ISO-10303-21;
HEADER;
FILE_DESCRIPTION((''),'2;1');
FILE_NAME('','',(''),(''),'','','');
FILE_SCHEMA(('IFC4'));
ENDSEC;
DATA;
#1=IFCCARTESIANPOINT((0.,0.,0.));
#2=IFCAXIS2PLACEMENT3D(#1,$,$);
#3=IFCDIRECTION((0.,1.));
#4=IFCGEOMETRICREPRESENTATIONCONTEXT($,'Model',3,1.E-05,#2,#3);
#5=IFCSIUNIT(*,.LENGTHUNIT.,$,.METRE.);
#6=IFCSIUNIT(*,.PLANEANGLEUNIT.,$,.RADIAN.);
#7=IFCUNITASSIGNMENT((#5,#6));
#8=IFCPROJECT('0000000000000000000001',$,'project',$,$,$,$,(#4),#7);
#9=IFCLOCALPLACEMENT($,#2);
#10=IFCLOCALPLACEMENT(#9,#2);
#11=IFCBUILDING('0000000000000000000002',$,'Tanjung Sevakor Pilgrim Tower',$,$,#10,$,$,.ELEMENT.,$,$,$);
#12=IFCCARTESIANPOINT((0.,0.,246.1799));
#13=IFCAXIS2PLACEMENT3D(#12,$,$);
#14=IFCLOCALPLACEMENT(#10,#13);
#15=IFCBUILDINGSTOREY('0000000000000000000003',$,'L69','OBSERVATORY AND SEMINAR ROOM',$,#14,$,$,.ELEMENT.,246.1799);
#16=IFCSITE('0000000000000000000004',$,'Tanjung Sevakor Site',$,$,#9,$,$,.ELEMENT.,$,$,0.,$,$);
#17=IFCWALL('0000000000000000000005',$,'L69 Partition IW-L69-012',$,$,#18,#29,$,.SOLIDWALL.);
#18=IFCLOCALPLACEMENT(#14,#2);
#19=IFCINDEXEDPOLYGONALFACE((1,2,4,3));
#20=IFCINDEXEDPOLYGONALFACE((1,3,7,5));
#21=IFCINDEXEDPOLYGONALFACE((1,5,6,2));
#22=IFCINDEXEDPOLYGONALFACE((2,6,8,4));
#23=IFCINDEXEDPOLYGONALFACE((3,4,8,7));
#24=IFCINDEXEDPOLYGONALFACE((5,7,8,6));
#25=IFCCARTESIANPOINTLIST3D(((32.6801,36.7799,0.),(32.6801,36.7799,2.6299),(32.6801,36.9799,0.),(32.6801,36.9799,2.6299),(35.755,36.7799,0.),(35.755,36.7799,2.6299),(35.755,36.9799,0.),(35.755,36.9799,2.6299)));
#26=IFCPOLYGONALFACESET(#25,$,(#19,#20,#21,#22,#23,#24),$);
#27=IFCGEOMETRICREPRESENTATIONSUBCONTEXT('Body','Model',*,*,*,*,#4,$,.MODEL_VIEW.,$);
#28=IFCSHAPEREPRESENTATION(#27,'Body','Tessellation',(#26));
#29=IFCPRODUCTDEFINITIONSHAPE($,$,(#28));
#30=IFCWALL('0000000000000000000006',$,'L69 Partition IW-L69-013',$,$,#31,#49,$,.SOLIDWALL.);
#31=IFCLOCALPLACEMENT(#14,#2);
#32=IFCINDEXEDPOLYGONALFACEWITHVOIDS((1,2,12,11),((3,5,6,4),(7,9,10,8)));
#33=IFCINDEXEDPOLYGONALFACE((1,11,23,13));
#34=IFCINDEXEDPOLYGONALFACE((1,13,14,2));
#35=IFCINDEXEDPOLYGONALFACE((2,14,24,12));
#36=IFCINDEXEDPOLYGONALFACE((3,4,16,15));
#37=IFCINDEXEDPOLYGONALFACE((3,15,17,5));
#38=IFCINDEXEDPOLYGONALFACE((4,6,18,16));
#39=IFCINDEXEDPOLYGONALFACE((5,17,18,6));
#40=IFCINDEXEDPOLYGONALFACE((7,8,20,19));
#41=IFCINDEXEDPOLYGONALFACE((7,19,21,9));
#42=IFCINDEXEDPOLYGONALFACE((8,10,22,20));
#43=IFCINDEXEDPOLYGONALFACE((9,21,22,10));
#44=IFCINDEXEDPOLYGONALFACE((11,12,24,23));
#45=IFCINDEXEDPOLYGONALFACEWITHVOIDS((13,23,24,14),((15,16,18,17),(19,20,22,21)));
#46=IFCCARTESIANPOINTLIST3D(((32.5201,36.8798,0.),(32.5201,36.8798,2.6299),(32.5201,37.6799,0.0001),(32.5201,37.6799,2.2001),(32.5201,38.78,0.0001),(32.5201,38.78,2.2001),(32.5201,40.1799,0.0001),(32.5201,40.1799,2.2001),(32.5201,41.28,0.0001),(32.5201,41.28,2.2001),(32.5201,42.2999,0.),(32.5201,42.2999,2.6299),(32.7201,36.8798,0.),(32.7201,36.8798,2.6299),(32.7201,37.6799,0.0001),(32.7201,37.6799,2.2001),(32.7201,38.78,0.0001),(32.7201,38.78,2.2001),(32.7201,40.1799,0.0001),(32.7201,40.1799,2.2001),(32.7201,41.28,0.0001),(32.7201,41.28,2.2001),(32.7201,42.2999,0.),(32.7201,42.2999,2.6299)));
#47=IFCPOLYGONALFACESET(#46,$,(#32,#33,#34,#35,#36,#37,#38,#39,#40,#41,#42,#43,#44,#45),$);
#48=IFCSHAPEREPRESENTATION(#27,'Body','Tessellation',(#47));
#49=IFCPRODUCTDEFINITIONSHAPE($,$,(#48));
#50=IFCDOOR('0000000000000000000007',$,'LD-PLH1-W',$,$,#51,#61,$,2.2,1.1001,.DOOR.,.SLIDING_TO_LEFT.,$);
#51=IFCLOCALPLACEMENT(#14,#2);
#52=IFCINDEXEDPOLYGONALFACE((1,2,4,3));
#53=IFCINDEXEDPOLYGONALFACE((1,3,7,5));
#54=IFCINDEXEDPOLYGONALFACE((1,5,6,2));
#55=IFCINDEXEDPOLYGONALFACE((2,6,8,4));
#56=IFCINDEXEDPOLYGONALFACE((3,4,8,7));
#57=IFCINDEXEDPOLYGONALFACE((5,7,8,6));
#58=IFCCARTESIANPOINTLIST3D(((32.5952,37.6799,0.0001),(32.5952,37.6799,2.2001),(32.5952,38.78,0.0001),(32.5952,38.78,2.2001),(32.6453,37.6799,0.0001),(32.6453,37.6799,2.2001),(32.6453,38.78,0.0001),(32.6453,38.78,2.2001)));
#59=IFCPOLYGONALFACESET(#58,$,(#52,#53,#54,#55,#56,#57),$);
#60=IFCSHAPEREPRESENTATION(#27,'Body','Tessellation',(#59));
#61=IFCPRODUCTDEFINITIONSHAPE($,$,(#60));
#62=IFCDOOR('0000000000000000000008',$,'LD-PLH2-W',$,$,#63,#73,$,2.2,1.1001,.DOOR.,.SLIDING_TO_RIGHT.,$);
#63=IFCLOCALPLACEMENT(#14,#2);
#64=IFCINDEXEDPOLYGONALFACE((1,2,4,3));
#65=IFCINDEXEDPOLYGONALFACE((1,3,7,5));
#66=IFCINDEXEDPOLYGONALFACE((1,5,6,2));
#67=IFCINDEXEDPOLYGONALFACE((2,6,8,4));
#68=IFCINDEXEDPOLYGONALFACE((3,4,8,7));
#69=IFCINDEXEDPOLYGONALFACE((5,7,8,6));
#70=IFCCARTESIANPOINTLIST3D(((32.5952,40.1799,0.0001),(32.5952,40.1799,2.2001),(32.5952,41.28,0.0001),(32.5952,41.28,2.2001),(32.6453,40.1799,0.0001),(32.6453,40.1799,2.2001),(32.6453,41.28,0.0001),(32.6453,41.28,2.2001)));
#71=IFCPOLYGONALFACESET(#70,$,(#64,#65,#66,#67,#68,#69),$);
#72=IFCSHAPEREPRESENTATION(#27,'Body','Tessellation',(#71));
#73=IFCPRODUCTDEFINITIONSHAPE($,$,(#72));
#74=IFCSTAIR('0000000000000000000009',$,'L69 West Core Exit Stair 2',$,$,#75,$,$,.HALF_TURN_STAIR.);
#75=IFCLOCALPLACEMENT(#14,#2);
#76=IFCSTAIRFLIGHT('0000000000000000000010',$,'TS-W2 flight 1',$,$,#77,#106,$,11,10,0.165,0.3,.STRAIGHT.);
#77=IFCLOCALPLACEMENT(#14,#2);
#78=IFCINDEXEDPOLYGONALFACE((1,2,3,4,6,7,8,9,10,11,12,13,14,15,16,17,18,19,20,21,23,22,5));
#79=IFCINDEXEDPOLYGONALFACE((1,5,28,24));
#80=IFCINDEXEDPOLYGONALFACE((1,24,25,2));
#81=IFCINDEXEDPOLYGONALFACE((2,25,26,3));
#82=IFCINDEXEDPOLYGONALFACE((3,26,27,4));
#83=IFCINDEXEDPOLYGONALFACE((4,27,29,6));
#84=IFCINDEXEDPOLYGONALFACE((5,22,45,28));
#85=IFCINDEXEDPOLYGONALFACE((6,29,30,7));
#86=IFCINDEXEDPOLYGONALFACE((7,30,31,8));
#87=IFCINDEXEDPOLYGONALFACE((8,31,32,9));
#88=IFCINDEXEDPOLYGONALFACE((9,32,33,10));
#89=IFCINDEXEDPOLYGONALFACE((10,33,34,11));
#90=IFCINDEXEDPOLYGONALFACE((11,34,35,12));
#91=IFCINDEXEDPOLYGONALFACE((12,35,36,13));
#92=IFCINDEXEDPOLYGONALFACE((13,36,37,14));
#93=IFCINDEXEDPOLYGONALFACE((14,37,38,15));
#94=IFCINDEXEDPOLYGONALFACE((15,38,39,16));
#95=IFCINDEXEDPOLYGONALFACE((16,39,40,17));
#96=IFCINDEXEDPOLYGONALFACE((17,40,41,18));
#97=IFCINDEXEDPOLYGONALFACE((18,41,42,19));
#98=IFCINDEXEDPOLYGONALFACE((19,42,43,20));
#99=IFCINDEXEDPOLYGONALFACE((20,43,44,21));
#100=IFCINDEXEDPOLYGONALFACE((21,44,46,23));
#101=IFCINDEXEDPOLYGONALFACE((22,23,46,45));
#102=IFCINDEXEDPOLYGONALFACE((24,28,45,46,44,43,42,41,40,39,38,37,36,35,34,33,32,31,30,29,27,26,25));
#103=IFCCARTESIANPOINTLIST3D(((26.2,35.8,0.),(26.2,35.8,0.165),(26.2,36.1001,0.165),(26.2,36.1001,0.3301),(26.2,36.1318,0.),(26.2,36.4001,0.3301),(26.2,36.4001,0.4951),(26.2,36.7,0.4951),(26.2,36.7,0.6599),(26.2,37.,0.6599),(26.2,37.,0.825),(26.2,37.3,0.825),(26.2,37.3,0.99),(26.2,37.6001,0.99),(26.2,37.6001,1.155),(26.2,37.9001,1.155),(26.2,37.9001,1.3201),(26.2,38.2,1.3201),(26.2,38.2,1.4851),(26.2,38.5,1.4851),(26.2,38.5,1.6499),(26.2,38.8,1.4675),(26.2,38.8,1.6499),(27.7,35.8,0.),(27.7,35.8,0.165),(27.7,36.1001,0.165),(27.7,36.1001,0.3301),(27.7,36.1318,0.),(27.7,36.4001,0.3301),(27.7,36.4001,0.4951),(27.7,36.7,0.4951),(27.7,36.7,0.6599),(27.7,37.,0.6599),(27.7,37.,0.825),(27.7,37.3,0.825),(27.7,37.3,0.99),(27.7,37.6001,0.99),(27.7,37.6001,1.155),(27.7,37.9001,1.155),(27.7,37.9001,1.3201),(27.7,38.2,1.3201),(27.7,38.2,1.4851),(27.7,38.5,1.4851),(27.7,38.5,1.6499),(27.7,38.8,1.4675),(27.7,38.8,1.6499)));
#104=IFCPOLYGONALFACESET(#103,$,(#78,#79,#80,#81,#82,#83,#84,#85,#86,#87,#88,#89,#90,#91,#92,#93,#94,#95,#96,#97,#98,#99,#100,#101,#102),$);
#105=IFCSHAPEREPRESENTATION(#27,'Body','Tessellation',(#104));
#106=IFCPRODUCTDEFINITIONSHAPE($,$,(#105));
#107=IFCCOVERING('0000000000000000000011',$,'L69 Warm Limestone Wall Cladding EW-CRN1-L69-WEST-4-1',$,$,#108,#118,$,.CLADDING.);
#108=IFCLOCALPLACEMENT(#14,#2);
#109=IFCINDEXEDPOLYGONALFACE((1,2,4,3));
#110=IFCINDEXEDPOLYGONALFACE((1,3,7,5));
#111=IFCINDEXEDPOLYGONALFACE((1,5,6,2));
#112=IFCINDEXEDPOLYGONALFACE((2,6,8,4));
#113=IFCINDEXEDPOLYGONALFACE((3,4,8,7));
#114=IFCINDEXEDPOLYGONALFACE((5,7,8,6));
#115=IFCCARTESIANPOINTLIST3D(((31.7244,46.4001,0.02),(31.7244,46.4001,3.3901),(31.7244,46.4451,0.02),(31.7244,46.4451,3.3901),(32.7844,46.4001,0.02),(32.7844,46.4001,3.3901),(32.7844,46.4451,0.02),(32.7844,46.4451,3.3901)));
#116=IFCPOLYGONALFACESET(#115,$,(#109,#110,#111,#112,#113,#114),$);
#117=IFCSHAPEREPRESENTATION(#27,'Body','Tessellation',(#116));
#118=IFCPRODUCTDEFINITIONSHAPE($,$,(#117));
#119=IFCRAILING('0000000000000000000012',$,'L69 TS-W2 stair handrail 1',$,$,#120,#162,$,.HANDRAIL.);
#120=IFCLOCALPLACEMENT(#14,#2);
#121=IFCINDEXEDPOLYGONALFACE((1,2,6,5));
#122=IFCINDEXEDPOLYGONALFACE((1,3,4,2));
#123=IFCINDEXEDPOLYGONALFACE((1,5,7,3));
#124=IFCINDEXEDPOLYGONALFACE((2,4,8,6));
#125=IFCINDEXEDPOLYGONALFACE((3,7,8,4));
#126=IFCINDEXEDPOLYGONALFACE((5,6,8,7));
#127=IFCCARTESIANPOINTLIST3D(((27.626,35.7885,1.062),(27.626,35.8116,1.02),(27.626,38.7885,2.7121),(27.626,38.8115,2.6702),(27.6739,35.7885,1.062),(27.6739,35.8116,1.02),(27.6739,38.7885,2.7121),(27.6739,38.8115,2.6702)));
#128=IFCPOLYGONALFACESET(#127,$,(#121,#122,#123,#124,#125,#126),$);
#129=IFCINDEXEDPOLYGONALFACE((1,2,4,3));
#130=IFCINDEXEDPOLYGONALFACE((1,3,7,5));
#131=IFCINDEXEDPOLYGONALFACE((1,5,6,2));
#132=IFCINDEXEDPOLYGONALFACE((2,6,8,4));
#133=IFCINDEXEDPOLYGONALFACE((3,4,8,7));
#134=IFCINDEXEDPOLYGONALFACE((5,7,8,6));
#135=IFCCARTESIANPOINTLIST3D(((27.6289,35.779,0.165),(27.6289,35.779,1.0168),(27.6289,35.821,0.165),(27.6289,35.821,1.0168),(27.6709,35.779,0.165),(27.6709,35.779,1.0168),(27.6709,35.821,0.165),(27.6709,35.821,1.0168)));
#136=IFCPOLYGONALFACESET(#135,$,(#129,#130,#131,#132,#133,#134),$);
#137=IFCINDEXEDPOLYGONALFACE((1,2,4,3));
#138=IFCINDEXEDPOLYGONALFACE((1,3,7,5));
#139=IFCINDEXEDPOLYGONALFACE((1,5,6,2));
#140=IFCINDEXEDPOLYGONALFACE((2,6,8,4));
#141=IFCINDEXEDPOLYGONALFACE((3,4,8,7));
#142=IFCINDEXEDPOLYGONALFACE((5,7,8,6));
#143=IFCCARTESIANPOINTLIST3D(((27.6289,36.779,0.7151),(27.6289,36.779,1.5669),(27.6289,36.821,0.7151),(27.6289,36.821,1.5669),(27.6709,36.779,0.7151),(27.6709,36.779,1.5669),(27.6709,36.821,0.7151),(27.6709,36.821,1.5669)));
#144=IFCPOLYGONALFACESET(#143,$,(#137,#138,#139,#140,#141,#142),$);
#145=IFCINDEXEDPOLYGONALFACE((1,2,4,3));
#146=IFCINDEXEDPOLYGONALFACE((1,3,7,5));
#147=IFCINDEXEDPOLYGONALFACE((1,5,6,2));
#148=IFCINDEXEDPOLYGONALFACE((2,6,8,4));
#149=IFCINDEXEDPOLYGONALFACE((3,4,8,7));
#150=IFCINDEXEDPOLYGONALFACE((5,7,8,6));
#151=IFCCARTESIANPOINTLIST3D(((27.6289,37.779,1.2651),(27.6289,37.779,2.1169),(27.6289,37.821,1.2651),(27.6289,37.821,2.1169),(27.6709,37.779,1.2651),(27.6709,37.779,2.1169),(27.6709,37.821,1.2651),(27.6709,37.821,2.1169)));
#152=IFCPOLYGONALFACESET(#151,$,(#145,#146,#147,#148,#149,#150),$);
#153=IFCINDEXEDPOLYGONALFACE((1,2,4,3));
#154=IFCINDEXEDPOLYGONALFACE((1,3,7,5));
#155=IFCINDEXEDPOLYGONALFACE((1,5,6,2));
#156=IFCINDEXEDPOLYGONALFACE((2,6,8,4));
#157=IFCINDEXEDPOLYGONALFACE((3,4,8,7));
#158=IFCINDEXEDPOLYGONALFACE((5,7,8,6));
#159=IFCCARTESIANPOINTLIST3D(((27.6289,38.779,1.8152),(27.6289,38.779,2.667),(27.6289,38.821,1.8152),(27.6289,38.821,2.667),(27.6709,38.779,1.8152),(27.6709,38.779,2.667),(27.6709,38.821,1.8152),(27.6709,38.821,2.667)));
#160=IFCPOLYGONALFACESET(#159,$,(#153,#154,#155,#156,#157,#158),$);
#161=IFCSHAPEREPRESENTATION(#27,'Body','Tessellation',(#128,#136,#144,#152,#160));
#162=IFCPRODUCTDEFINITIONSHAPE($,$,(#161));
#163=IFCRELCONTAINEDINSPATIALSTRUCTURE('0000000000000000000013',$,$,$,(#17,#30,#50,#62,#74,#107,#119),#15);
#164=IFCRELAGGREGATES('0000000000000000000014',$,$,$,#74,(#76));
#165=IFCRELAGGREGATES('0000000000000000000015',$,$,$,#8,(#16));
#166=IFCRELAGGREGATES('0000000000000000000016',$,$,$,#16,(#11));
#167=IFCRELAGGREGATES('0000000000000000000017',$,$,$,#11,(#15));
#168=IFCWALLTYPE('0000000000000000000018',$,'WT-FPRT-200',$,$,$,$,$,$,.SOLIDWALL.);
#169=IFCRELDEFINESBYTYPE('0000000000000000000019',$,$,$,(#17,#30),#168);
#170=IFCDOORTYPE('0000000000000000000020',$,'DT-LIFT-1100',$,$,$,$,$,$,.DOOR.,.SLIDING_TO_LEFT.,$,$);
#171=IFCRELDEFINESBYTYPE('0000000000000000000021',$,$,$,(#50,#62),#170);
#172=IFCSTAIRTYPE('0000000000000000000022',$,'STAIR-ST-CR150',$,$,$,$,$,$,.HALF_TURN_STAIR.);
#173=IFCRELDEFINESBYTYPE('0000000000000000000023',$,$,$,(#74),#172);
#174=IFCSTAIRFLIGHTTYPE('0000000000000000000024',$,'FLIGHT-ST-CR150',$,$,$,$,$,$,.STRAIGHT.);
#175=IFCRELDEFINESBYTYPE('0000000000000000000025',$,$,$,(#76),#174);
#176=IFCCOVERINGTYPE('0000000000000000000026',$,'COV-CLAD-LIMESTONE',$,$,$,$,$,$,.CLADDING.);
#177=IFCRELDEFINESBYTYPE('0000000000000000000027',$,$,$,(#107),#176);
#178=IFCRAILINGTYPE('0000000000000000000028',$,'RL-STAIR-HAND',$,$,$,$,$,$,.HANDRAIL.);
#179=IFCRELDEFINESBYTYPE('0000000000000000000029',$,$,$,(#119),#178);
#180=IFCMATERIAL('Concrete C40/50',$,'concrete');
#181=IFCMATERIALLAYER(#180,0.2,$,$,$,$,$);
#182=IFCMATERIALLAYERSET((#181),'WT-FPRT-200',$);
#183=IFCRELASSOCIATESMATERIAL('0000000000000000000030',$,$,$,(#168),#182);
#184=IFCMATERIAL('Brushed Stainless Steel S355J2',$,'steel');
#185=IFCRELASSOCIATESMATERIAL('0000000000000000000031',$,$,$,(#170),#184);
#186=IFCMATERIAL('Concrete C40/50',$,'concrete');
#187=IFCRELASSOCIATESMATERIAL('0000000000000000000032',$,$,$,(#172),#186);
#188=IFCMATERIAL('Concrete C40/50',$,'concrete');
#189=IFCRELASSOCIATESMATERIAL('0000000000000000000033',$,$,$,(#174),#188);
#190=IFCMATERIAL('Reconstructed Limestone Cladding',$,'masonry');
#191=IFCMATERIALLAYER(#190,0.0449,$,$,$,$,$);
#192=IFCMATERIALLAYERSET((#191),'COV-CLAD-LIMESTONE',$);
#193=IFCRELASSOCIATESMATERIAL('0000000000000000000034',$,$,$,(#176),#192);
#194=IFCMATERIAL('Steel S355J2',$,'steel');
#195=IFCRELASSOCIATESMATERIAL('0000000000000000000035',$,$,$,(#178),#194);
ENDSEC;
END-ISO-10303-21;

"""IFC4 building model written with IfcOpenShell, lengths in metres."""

from ifc_helpers import new_model, si_unit, direction, frame, frame_2d, origin, origin_2d, place, context, subcontext, project, spatial, polyline, rectangle, outline, extrude, material, layer, layer_set, type_object, element, fill, aggregate, save


model = new_model("IFC4")

# Units and contexts
model_context = context("Model", 3, precision=1e-05, world=origin(), true_north=direction((0.0, 1.0)))
body_context = subcontext(model_context, "Body", "Model", "MODEL_VIEW")
ifc_project = project(units=[si_unit("LENGTHUNIT", "METRE"), si_unit("PLANEANGLEUNIT", "RADIAN")], contexts=[model_context])

# Site, building, storey
site_placement = place(None, origin())
site = spatial("IfcSite", under=ifc_project, at=site_placement, Name="Tanjung Sevakor Site", CompositionType="ELEMENT", RefElevation=0.0)
building_placement = place(site_placement, origin())
building = spatial("IfcBuilding", under=site, at=building_placement, Name="Tanjung Sevakor Pilgrim Tower", CompositionType="ELEMENT")
storey_placement = place(building_placement, frame((0.0, 0.0, 246.1799)))
storey = spatial("IfcBuildingStorey", under=building, at=storey_placement, Name="L69", Description="OBSERVATORY AND SEMINAR ROOM", CompositionType="ELEMENT", Elevation=246.1799)

# Wall
ifc_material_1 = material(Name="Concrete C40/50", Category="concrete")
ifc_layer_1 = layer(ifc_material_1, 0.2)
ifc_layer_set_1 = layer_set([ifc_layer_1], Name="WT-FPRT-200")
wall_type_1 = type_object("IfcWallType", Name="WT-FPRT-200", PredefinedType="SOLIDWALL", material=ifc_layer_set_1)
wall_1_placement = place(storey_placement, frame((32.6799, 36.8799, 0.0), z_axis=(0.0, 0.0, 1.0), x_axis=(1.0, 0.0, 0.0)))
element("IfcWall", 1, at=wall_1_placement, inside=storey, type_object=wall_type_1, Name="L69 Partition IW-L69-012", PredefinedType="SOLIDWALL", context=body_context, shape_type="SweptSolid", body=[
    extrude(rectangle(XDim=3.075, YDim=0.2, at=frame_2d((1.5376, 0.0))), origin(), (0.0, 0.0, 1.0), 2.6299),
])

# Wall, openings, doors
wall_2_placement = place(storey_placement, frame((32.6201, 36.8799, 0.0), z_axis=(0.0, 0.0, 1.0), x_axis=(0.0, 1.0, 0.0)))
wall_2 = element("IfcWall", 2, at=wall_2_placement, inside=storey, type_object=wall_type_1, Name="L69 Partition IW-L69-013", PredefinedType="SOLIDWALL", context=body_context, shape_type="SweptSolid", body=[
    extrude(rectangle(XDim=5.4202, YDim=0.2, at=frame_2d((2.71, 0.0))), origin(), (0.0, 0.0, 1.0), 2.6299),
])
opening_1_placement = place(wall_2_placement, frame((0.8, 0.0, 0.0)))
opening_1 = element("IfcOpeningElement", 3, at=opening_1_placement, cuts=wall_2, PredefinedType="OPENING", context=body_context, shape_type="SweptSolid", body=[
    extrude(rectangle(XDim=1.1001, YDim=2.2, at=frame_2d((0.55, 1.1001))), frame((0.0, 0.1099, 0.0), z_axis=(0.0, -1.0, 0.0), x_axis=(1.0, 0.0, 0.0)), (0.0, 0.0, 1.0), 0.22),
])
opening_2_placement = place(wall_2_placement, frame((3.3, 0.0, 0.0)))
opening_2 = element("IfcOpeningElement", 4, at=opening_2_placement, cuts=wall_2, PredefinedType="OPENING", context=body_context, shape_type="SweptSolid", body=[
    extrude(rectangle(XDim=1.1001, YDim=2.2, at=frame_2d((0.55, 1.1001))), frame((0.0, 0.1099, 0.0), z_axis=(0.0, -1.0, 0.0), x_axis=(1.0, 0.0, 0.0)), (0.0, 0.0, 1.0), 0.22),
])
ifc_material_2 = material(Name="Brushed Stainless Steel S355J2", Category="steel")
door_type_1 = type_object("IfcDoorType", Name="DT-LIFT-1100", OperationType="SLIDING_TO_LEFT", PredefinedType="DOOR", material=ifc_material_2)
door_1_placement = place(opening_1_placement, origin())
door_1 = element("IfcDoor", 5, at=door_1_placement, inside=storey, type_object=door_type_1, Name="LD-PLH1-W", OperationType="SLIDING_TO_LEFT", OverallHeight=2.2, OverallWidth=1.1001, PredefinedType="DOOR", context=body_context, shape_type="SweptSolid", body=[
    extrude(rectangle(XDim=1.1001, YDim=2.2, at=frame_2d((0.55, 1.1001))), frame((0.0, 0.0249, 0.0), z_axis=(0.0, -1.0, 0.0), x_axis=(1.0, 0.0, 0.0)), (0.0, 0.0, 1.0), 0.05),
])
fill(opening_1, door_1)
door_2_placement = place(opening_2_placement, origin())
door_2 = element("IfcDoor", 6, at=door_2_placement, inside=storey, type_object=door_type_1, Name="LD-PLH2-W", OperationType="SLIDING_TO_RIGHT", OverallHeight=2.2, OverallWidth=1.1001, PredefinedType="DOOR", context=body_context, shape_type="SweptSolid", body=[
    extrude(rectangle(XDim=1.1001, YDim=2.2, at=frame_2d((0.55, 1.1001))), frame((0.0, 0.0249, 0.0), z_axis=(0.0, -1.0, 0.0), x_axis=(1.0, 0.0, 0.0)), (0.0, 0.0, 1.0), 0.05),
])
fill(opening_2, door_2)

# Stair, stair flight
ifc_material_3 = material(Name="Concrete C40/50", Category="concrete")
stair_type = type_object("IfcStairType", Name="STAIR-ST-CR150", PredefinedType="HALF_TURN_STAIR", material=ifc_material_3)
stair_placement = place(storey_placement, origin())
stair = element("IfcStair", 7, at=stair_placement, inside=storey, type_object=stair_type, Name="L69 West Core Exit Stair 2", PredefinedType="HALF_TURN_STAIR")
ifc_material_4 = material(Name="Concrete C40/50", Category="concrete")
stair_flight_type = type_object("IfcStairFlightType", Name="FLIGHT-ST-CR150", PredefinedType="STRAIGHT", material=ifc_material_4)
stair_flight_placement = place(storey_placement, frame((26.95, 35.8, 0.0), z_axis=(0.0, 0.0, 1.0), x_axis=(0.0, 1.0, 0.0)))
stair_flight = element("IfcStairFlight", 8, at=stair_flight_placement, type_object=stair_flight_type, Name="TS-W2 flight 1", NumberOfRisers=11, NumberOfTreads=10, PredefinedType="STRAIGHT", RiserHeight=0.165, TreadLength=0.3, context=body_context, shape_type="SweptSolid", body=[
    extrude(outline(polyline([(0.0, 0.0), (0.0, 0.165), (0.3, 0.165), (0.3, 0.3301), (0.6001, 0.3301), (0.6001, 0.4951), (0.8999, 0.4951), (0.8999, 0.6599), (1.2, 0.6599), (1.2, 0.825), (1.5, 0.825), (1.5, 0.99), (1.8, 0.99), (1.8, 1.155), (2.1001, 1.155), (2.1001, 1.3201), (2.3999, 1.3201), (2.3999, 1.4851), (2.7, 1.4851), (2.7, 1.6499), (3.0, 1.6499), (3.0, 1.8149), (3.0, 1.4675), (0.3318, 0.0), (0.0, 0.0)])), frame((0.0, 0.75, 0.0), z_axis=(0.0, -1.0, 0.0), x_axis=(1.0, 0.0, 0.0)), (0.0, 0.0, 1.0), 1.5),
])
aggregate(stair, [stair_flight])

# Covering
ifc_material_5 = material(Name="Reconstructed Limestone Cladding", Category="masonry")
ifc_layer_2 = layer(ifc_material_5, 0.0449)
ifc_layer_set_2 = layer_set([ifc_layer_2], Name="COV-CLAD-LIMESTONE")
covering_type = type_object("IfcCoveringType", Name="COV-CLAD-LIMESTONE", PredefinedType="CLADDING", material=ifc_layer_set_2)
covering_placement = place(storey_placement, frame((32.2544, 46.4226, 0.02), z_axis=(0.0, 0.0, 1.0), x_axis=(-1.0, 0.0, 0.0)))
element("IfcCovering", 9, at=covering_placement, inside=storey, type_object=covering_type, Name="L69 Warm Limestone Wall Cladding EW-CRN1-L69-WEST-4-1", PredefinedType="CLADDING", context=body_context, shape_type="SweptSolid", body=[
    extrude(rectangle(XDim=1.0601, YDim=0.0449, at=origin_2d()), origin(), (0.0, 0.0, 1.0), 3.3701),
])

# Railing
ifc_material_6 = material(Name="Steel S355J2", Category="steel")
railing_type = type_object("IfcRailingType", Name="RL-STAIR-HAND", PredefinedType="HANDRAIL", material=ifc_material_6)
railing_placement = place(storey_placement, frame((27.6499, 35.8, 0.165)))
element("IfcRailing", 10, at=railing_placement, inside=storey, type_object=railing_type, Name="L69 TS-W2 stair handrail 1", PredefinedType="HANDRAIL", context=body_context, shape_type="SweptSolid", body=[
    extrude(rectangle(XDim=0.0479, YDim=0.0479), frame((0.0, 0.0, 0.876), z_axis=(0.0, 0.876198, 0.481952), x_axis=(-1.0, 0.0, 0.0)), (0.0, 0.0, 1.0), 3.4238),
    extrude(rectangle(XDim=0.042, YDim=0.042), origin(), (0.0, 0.0, 1.0), 0.8518),
    extrude(rectangle(XDim=0.042, YDim=0.042), frame((0.0, 1.0, 0.55)), (0.0, 0.0, 1.0), 0.8518),
    extrude(rectangle(XDim=0.042, YDim=0.042), frame((0.0, 2.0, 1.1001)), (0.0, 0.0, 1.0), 0.8518),
    extrude(rectangle(XDim=0.042, YDim=0.042), frame((0.0, 3.0, 1.6501)), (0.0, 0.0, 1.0), 0.8518),
])

save(model, "model.ifc")
